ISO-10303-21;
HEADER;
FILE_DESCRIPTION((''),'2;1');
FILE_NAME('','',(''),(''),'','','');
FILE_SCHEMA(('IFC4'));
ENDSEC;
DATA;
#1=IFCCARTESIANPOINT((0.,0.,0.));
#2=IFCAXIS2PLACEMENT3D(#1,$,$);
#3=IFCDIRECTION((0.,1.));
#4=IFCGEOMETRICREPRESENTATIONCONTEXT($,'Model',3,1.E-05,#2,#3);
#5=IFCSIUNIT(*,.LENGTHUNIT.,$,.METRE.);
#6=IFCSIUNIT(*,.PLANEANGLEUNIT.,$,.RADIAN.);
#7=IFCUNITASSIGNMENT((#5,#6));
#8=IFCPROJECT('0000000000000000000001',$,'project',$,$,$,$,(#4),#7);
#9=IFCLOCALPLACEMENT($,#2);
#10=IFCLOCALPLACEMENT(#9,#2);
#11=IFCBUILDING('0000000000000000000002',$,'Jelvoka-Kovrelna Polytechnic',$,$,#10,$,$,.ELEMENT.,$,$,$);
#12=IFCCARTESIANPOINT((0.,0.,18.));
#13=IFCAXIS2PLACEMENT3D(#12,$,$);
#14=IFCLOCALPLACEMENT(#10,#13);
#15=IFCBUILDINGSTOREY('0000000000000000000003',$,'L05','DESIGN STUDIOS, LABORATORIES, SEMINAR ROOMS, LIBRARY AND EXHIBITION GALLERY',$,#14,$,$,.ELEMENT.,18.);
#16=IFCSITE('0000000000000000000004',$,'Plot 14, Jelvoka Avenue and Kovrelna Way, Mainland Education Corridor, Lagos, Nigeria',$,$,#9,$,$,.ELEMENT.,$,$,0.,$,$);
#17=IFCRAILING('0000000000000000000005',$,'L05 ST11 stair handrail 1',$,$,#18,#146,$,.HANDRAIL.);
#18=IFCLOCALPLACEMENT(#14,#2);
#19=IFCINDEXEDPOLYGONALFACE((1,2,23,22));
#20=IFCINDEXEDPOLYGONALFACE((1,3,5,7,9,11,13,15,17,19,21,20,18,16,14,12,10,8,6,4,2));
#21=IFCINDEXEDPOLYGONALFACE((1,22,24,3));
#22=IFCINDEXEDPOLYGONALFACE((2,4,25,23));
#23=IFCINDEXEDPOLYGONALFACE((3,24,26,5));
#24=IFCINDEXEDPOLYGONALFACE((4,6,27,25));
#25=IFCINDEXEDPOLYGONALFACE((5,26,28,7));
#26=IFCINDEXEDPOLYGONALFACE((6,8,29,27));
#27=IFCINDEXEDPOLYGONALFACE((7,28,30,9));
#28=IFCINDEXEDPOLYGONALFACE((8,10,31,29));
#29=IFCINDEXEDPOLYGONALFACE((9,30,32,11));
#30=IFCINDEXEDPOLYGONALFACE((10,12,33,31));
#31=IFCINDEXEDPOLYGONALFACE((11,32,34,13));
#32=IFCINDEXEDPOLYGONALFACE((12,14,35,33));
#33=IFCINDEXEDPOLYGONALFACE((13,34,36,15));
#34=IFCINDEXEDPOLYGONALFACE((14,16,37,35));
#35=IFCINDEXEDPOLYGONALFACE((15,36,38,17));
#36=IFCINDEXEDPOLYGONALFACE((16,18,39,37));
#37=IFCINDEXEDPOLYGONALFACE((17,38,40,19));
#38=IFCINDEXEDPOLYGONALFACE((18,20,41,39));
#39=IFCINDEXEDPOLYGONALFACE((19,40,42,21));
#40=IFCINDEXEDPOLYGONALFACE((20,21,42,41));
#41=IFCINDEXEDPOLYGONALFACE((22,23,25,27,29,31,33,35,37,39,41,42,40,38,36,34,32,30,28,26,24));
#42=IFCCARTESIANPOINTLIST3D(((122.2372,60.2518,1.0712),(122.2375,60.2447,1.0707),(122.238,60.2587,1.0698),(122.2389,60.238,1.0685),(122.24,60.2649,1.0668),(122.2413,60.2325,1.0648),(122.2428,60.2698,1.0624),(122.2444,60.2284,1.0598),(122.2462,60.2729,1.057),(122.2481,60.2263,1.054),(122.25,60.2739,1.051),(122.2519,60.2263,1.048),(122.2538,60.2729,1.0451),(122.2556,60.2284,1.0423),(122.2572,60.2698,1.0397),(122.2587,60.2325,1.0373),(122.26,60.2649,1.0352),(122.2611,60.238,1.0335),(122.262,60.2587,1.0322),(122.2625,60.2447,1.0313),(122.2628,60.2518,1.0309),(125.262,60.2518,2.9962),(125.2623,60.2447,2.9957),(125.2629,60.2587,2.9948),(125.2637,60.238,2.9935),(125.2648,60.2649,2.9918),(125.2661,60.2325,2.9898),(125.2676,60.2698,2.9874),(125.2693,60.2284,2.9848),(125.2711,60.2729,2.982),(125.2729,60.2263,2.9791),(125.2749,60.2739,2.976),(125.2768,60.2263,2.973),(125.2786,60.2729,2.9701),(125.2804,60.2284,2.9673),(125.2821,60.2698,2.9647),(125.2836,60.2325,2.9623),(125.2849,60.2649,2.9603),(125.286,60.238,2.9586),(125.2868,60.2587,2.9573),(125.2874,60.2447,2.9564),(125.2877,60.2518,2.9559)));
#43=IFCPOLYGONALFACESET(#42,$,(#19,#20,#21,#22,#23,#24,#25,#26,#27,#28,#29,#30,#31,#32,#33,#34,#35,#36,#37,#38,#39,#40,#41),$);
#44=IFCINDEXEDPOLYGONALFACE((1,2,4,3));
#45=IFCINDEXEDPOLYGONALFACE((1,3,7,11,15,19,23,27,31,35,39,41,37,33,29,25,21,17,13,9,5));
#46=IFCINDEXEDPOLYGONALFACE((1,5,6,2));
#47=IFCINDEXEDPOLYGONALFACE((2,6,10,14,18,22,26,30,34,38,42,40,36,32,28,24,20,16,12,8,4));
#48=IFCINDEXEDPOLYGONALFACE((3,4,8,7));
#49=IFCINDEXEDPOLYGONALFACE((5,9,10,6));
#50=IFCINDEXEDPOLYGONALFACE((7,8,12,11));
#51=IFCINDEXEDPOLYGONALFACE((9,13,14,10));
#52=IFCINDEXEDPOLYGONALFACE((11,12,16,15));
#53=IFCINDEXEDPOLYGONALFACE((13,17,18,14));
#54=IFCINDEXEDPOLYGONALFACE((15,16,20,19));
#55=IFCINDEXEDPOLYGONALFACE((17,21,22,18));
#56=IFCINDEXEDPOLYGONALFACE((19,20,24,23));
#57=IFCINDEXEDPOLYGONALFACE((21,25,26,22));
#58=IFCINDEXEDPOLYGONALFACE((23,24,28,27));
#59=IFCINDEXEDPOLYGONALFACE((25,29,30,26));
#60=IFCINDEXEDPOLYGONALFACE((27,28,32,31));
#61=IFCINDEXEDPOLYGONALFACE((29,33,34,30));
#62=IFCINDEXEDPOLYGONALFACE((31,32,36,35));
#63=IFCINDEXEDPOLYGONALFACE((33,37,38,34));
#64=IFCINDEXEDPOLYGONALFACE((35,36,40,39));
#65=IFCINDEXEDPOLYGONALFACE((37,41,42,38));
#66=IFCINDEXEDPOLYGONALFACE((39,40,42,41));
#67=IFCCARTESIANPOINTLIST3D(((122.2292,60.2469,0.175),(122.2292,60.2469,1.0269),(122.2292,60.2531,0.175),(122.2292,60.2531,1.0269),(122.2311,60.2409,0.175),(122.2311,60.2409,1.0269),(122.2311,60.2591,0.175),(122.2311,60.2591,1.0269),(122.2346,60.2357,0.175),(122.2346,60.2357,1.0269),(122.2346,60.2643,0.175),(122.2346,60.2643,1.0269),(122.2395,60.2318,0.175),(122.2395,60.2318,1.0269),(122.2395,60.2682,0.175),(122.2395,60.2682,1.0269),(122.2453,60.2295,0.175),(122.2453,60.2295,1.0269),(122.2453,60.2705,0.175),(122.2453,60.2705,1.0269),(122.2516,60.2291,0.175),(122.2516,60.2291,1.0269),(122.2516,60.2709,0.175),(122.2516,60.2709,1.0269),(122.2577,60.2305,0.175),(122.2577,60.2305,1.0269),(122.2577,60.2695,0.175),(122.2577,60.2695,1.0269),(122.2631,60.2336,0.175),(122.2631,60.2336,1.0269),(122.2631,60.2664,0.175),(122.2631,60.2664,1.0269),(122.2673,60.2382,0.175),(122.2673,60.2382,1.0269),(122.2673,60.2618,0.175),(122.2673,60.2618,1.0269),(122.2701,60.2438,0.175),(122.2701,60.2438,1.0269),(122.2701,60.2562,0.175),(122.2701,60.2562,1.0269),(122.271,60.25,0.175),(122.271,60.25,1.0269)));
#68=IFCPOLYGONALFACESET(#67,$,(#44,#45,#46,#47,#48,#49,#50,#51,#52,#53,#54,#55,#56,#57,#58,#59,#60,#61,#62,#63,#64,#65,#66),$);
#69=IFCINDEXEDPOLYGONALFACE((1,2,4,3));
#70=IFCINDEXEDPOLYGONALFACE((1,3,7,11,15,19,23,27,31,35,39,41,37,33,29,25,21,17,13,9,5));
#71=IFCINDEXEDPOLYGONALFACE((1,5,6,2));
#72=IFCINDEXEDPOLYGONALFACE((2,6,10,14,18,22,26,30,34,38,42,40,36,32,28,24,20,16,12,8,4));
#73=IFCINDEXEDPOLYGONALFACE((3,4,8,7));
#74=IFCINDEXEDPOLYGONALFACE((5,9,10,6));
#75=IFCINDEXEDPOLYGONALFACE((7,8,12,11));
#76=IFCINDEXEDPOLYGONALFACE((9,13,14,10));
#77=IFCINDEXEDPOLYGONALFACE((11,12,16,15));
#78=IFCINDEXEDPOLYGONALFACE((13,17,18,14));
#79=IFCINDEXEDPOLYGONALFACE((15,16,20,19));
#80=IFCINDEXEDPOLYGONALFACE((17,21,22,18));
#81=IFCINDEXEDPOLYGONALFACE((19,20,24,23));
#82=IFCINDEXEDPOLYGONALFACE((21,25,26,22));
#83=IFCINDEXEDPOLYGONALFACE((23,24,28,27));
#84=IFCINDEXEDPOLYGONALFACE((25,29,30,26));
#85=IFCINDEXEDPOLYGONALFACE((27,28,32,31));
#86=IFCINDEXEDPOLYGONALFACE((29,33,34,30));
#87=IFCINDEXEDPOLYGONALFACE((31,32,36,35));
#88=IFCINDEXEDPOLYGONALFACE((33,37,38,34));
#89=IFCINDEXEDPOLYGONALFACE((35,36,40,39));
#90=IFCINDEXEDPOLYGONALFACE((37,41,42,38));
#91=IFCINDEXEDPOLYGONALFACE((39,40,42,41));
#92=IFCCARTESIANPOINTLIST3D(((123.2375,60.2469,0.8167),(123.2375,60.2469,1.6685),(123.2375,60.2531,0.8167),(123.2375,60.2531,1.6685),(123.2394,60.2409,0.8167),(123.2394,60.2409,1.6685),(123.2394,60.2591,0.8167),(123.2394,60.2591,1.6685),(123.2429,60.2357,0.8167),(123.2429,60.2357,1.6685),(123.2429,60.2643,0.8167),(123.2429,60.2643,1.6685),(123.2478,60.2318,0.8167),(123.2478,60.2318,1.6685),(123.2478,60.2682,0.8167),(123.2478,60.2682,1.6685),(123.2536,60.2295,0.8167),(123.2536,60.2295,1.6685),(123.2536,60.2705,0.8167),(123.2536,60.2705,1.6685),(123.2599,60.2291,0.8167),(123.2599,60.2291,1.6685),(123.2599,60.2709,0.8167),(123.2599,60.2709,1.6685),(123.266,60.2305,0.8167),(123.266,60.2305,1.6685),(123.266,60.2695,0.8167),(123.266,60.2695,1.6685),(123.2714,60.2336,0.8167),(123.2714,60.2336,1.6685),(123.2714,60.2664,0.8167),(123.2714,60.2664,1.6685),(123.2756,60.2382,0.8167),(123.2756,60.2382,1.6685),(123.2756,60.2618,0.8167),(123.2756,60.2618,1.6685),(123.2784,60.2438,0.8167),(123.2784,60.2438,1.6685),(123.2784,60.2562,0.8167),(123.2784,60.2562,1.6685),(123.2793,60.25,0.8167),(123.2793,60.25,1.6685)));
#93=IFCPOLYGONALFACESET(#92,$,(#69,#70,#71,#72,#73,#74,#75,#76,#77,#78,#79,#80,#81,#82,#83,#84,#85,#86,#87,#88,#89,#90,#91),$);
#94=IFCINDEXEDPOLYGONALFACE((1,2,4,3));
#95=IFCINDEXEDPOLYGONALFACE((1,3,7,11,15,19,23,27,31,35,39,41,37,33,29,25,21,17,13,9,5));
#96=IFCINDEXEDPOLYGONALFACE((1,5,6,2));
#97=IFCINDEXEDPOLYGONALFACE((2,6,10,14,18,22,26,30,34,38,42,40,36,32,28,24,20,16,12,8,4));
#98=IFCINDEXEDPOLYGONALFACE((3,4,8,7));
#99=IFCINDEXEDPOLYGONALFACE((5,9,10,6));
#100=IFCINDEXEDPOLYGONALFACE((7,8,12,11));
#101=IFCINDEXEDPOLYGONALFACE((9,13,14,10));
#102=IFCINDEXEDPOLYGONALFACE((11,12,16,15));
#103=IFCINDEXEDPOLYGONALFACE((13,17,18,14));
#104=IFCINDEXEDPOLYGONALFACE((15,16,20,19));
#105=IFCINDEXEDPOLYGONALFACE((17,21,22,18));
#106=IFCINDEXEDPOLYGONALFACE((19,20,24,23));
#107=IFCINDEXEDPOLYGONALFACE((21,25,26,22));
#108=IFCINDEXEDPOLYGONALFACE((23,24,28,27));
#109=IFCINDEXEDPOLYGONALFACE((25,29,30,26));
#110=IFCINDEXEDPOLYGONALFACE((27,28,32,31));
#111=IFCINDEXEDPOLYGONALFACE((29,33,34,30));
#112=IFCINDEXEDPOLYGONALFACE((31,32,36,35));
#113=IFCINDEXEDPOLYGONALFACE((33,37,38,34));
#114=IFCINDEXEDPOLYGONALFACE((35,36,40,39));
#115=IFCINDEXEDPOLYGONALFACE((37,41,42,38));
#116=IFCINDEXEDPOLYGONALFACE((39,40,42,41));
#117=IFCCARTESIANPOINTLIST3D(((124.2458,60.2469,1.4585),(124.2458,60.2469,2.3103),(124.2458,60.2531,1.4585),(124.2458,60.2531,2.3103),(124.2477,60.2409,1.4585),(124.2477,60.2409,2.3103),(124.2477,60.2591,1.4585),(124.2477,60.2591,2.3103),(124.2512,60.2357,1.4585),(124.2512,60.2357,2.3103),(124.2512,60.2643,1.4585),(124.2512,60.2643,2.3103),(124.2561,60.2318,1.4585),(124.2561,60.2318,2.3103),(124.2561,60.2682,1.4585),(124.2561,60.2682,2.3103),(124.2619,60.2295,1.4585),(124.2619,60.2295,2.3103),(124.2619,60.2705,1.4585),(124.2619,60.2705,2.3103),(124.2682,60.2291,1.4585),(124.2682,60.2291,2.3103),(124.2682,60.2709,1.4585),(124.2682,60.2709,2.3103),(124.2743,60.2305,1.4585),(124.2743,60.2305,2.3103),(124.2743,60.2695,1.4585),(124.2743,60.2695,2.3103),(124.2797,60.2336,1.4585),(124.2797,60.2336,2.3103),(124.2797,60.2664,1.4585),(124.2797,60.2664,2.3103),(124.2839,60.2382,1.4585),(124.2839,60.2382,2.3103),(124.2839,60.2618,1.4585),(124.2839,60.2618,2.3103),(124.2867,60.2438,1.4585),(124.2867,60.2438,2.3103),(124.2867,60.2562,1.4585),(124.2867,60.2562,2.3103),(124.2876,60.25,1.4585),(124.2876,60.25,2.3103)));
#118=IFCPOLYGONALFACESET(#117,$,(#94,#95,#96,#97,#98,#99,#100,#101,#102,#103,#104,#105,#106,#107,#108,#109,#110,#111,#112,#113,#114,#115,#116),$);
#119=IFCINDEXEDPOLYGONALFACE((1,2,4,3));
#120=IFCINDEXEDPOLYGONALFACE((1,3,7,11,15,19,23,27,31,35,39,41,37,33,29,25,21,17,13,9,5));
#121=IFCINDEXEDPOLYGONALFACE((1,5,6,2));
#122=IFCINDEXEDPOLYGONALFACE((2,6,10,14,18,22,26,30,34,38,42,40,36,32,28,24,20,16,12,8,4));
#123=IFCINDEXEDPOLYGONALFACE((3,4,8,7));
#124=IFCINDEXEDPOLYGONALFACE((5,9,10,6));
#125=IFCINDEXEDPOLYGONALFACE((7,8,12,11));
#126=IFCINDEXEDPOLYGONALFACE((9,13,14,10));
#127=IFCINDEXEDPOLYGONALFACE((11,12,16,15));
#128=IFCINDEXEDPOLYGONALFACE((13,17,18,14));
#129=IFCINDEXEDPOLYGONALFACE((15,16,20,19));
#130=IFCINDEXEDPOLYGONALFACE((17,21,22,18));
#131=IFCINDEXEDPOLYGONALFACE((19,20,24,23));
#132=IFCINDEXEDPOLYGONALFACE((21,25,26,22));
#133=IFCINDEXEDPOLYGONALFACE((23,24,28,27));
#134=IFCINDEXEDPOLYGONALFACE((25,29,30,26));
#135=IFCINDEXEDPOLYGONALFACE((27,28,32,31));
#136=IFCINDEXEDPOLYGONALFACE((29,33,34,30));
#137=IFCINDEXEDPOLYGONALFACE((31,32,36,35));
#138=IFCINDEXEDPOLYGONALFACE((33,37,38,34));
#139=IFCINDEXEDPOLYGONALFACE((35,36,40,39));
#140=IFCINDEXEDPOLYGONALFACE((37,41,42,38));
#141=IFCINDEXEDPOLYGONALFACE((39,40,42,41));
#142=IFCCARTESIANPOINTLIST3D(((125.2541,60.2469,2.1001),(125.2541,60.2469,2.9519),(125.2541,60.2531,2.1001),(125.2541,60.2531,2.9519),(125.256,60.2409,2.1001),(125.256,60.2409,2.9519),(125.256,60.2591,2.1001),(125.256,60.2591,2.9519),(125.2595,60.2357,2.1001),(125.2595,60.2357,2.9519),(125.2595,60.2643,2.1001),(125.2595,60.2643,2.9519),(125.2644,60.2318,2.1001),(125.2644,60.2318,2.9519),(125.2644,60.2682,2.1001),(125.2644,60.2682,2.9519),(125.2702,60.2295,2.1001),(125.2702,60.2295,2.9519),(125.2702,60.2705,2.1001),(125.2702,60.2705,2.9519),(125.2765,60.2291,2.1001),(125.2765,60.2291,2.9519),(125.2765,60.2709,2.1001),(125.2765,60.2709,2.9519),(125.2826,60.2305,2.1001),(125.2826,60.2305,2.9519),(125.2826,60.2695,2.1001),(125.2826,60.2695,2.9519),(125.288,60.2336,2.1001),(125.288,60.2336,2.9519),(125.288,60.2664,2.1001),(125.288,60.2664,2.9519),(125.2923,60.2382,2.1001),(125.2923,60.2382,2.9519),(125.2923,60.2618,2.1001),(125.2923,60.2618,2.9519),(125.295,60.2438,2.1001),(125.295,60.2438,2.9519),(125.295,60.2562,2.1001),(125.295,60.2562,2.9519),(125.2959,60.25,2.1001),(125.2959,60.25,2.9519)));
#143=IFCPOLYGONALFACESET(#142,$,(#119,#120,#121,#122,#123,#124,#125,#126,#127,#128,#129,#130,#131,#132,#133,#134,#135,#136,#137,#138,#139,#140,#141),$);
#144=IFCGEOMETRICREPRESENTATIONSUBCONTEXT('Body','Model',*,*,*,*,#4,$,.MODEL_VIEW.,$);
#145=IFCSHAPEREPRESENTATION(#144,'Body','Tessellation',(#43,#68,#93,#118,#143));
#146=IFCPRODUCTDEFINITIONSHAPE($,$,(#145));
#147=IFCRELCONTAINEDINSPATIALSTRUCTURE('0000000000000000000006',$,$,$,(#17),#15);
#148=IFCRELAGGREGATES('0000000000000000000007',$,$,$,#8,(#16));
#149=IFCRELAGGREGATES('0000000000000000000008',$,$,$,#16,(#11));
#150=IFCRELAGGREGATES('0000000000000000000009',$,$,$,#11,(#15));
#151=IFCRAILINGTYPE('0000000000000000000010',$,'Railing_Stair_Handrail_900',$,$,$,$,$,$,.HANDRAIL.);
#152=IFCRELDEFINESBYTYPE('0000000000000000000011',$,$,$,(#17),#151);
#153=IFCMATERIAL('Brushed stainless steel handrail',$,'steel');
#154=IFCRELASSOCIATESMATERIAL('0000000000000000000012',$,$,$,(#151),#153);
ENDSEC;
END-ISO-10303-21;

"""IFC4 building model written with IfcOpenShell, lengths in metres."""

from ifc_helpers import new_model, si_unit, direction, frame, origin, origin_2d, place, context, subcontext, project, spatial, circle, extrude, material, type_object, element, save


model = new_model("IFC4")

# Units and contexts
model_context = context("Model", 3, precision=1e-05, world=origin(), true_north=direction((0.0, 1.0)))
body_context = subcontext(model_context, "Body", "Model", "MODEL_VIEW")
ifc_project = project(units=[si_unit("LENGTHUNIT", "METRE"), si_unit("PLANEANGLEUNIT", "RADIAN")], contexts=[model_context])

# Site, building, storey
site_placement = place(None, origin())
site = spatial("IfcSite", under=ifc_project, at=site_placement, Name="Plot 14, Jelvoka Avenue and Kovrelna Way, Mainland Education Corridor, Lagos, Nigeria", CompositionType="ELEMENT", RefElevation=0.0)
building_placement = place(site_placement, origin())
building = spatial("IfcBuilding", under=site, at=building_placement, Name="Jelvoka-Kovrelna Polytechnic", CompositionType="ELEMENT")
storey_placement = place(building_placement, frame((0.0, 0.0, 18.0)))
storey = spatial("IfcBuildingStorey", under=building, at=storey_placement, Name="L05", Description="DESIGN STUDIOS, LABORATORIES, SEMINAR ROOMS, LIBRARY AND EXHIBITION GALLERY", CompositionType="ELEMENT", Elevation=18.0)

# Railing
ifc_material_1 = material(Name="Brushed stainless steel handrail", Category="steel")
railing_type_1 = type_object("IfcRailingType", Name="Railing_Stair_Handrail_900", PredefinedType="HANDRAIL", material=ifc_material_1)
railing_1_placement = place(storey_placement, frame((122.25, 60.25, 0.175)))
element("IfcRailing", 1, at=railing_1_placement, inside=storey, type_object=railing_type_1, Name="L05 ST11 stair handrail 1", PredefinedType="HANDRAIL", context=body_context, shape_type="SweptSolid", body=[
    extrude(circle(Radius=0.0239, at=origin_2d()), frame((0.0, 0.0, 0.876), z_axis=(0.843647, 0.0, 0.536898), x_axis=(0.0, 1.0, 0.0)), (0.0, 0.0, 1.0), 3.5854),
    extrude(circle(Radius=0.021, at=origin_2d()), origin(), (0.0, 0.0, 1.0), 0.8518),
    extrude(circle(Radius=0.021, at=origin_2d()), frame((1.0083, 0.0, 0.6416)), (0.0, 0.0, 1.0), 0.8518),
    extrude(circle(Radius=0.021, at=origin_2d()), frame((2.0166, 0.0, 1.2834)), (0.0, 0.0, 1.0), 0.8518),
    extrude(circle(Radius=0.021, at=origin_2d()), frame((3.0249, 0.0, 1.925)), (0.0, 0.0, 1.0), 0.8518),
])

save(model, "model.ifc")
